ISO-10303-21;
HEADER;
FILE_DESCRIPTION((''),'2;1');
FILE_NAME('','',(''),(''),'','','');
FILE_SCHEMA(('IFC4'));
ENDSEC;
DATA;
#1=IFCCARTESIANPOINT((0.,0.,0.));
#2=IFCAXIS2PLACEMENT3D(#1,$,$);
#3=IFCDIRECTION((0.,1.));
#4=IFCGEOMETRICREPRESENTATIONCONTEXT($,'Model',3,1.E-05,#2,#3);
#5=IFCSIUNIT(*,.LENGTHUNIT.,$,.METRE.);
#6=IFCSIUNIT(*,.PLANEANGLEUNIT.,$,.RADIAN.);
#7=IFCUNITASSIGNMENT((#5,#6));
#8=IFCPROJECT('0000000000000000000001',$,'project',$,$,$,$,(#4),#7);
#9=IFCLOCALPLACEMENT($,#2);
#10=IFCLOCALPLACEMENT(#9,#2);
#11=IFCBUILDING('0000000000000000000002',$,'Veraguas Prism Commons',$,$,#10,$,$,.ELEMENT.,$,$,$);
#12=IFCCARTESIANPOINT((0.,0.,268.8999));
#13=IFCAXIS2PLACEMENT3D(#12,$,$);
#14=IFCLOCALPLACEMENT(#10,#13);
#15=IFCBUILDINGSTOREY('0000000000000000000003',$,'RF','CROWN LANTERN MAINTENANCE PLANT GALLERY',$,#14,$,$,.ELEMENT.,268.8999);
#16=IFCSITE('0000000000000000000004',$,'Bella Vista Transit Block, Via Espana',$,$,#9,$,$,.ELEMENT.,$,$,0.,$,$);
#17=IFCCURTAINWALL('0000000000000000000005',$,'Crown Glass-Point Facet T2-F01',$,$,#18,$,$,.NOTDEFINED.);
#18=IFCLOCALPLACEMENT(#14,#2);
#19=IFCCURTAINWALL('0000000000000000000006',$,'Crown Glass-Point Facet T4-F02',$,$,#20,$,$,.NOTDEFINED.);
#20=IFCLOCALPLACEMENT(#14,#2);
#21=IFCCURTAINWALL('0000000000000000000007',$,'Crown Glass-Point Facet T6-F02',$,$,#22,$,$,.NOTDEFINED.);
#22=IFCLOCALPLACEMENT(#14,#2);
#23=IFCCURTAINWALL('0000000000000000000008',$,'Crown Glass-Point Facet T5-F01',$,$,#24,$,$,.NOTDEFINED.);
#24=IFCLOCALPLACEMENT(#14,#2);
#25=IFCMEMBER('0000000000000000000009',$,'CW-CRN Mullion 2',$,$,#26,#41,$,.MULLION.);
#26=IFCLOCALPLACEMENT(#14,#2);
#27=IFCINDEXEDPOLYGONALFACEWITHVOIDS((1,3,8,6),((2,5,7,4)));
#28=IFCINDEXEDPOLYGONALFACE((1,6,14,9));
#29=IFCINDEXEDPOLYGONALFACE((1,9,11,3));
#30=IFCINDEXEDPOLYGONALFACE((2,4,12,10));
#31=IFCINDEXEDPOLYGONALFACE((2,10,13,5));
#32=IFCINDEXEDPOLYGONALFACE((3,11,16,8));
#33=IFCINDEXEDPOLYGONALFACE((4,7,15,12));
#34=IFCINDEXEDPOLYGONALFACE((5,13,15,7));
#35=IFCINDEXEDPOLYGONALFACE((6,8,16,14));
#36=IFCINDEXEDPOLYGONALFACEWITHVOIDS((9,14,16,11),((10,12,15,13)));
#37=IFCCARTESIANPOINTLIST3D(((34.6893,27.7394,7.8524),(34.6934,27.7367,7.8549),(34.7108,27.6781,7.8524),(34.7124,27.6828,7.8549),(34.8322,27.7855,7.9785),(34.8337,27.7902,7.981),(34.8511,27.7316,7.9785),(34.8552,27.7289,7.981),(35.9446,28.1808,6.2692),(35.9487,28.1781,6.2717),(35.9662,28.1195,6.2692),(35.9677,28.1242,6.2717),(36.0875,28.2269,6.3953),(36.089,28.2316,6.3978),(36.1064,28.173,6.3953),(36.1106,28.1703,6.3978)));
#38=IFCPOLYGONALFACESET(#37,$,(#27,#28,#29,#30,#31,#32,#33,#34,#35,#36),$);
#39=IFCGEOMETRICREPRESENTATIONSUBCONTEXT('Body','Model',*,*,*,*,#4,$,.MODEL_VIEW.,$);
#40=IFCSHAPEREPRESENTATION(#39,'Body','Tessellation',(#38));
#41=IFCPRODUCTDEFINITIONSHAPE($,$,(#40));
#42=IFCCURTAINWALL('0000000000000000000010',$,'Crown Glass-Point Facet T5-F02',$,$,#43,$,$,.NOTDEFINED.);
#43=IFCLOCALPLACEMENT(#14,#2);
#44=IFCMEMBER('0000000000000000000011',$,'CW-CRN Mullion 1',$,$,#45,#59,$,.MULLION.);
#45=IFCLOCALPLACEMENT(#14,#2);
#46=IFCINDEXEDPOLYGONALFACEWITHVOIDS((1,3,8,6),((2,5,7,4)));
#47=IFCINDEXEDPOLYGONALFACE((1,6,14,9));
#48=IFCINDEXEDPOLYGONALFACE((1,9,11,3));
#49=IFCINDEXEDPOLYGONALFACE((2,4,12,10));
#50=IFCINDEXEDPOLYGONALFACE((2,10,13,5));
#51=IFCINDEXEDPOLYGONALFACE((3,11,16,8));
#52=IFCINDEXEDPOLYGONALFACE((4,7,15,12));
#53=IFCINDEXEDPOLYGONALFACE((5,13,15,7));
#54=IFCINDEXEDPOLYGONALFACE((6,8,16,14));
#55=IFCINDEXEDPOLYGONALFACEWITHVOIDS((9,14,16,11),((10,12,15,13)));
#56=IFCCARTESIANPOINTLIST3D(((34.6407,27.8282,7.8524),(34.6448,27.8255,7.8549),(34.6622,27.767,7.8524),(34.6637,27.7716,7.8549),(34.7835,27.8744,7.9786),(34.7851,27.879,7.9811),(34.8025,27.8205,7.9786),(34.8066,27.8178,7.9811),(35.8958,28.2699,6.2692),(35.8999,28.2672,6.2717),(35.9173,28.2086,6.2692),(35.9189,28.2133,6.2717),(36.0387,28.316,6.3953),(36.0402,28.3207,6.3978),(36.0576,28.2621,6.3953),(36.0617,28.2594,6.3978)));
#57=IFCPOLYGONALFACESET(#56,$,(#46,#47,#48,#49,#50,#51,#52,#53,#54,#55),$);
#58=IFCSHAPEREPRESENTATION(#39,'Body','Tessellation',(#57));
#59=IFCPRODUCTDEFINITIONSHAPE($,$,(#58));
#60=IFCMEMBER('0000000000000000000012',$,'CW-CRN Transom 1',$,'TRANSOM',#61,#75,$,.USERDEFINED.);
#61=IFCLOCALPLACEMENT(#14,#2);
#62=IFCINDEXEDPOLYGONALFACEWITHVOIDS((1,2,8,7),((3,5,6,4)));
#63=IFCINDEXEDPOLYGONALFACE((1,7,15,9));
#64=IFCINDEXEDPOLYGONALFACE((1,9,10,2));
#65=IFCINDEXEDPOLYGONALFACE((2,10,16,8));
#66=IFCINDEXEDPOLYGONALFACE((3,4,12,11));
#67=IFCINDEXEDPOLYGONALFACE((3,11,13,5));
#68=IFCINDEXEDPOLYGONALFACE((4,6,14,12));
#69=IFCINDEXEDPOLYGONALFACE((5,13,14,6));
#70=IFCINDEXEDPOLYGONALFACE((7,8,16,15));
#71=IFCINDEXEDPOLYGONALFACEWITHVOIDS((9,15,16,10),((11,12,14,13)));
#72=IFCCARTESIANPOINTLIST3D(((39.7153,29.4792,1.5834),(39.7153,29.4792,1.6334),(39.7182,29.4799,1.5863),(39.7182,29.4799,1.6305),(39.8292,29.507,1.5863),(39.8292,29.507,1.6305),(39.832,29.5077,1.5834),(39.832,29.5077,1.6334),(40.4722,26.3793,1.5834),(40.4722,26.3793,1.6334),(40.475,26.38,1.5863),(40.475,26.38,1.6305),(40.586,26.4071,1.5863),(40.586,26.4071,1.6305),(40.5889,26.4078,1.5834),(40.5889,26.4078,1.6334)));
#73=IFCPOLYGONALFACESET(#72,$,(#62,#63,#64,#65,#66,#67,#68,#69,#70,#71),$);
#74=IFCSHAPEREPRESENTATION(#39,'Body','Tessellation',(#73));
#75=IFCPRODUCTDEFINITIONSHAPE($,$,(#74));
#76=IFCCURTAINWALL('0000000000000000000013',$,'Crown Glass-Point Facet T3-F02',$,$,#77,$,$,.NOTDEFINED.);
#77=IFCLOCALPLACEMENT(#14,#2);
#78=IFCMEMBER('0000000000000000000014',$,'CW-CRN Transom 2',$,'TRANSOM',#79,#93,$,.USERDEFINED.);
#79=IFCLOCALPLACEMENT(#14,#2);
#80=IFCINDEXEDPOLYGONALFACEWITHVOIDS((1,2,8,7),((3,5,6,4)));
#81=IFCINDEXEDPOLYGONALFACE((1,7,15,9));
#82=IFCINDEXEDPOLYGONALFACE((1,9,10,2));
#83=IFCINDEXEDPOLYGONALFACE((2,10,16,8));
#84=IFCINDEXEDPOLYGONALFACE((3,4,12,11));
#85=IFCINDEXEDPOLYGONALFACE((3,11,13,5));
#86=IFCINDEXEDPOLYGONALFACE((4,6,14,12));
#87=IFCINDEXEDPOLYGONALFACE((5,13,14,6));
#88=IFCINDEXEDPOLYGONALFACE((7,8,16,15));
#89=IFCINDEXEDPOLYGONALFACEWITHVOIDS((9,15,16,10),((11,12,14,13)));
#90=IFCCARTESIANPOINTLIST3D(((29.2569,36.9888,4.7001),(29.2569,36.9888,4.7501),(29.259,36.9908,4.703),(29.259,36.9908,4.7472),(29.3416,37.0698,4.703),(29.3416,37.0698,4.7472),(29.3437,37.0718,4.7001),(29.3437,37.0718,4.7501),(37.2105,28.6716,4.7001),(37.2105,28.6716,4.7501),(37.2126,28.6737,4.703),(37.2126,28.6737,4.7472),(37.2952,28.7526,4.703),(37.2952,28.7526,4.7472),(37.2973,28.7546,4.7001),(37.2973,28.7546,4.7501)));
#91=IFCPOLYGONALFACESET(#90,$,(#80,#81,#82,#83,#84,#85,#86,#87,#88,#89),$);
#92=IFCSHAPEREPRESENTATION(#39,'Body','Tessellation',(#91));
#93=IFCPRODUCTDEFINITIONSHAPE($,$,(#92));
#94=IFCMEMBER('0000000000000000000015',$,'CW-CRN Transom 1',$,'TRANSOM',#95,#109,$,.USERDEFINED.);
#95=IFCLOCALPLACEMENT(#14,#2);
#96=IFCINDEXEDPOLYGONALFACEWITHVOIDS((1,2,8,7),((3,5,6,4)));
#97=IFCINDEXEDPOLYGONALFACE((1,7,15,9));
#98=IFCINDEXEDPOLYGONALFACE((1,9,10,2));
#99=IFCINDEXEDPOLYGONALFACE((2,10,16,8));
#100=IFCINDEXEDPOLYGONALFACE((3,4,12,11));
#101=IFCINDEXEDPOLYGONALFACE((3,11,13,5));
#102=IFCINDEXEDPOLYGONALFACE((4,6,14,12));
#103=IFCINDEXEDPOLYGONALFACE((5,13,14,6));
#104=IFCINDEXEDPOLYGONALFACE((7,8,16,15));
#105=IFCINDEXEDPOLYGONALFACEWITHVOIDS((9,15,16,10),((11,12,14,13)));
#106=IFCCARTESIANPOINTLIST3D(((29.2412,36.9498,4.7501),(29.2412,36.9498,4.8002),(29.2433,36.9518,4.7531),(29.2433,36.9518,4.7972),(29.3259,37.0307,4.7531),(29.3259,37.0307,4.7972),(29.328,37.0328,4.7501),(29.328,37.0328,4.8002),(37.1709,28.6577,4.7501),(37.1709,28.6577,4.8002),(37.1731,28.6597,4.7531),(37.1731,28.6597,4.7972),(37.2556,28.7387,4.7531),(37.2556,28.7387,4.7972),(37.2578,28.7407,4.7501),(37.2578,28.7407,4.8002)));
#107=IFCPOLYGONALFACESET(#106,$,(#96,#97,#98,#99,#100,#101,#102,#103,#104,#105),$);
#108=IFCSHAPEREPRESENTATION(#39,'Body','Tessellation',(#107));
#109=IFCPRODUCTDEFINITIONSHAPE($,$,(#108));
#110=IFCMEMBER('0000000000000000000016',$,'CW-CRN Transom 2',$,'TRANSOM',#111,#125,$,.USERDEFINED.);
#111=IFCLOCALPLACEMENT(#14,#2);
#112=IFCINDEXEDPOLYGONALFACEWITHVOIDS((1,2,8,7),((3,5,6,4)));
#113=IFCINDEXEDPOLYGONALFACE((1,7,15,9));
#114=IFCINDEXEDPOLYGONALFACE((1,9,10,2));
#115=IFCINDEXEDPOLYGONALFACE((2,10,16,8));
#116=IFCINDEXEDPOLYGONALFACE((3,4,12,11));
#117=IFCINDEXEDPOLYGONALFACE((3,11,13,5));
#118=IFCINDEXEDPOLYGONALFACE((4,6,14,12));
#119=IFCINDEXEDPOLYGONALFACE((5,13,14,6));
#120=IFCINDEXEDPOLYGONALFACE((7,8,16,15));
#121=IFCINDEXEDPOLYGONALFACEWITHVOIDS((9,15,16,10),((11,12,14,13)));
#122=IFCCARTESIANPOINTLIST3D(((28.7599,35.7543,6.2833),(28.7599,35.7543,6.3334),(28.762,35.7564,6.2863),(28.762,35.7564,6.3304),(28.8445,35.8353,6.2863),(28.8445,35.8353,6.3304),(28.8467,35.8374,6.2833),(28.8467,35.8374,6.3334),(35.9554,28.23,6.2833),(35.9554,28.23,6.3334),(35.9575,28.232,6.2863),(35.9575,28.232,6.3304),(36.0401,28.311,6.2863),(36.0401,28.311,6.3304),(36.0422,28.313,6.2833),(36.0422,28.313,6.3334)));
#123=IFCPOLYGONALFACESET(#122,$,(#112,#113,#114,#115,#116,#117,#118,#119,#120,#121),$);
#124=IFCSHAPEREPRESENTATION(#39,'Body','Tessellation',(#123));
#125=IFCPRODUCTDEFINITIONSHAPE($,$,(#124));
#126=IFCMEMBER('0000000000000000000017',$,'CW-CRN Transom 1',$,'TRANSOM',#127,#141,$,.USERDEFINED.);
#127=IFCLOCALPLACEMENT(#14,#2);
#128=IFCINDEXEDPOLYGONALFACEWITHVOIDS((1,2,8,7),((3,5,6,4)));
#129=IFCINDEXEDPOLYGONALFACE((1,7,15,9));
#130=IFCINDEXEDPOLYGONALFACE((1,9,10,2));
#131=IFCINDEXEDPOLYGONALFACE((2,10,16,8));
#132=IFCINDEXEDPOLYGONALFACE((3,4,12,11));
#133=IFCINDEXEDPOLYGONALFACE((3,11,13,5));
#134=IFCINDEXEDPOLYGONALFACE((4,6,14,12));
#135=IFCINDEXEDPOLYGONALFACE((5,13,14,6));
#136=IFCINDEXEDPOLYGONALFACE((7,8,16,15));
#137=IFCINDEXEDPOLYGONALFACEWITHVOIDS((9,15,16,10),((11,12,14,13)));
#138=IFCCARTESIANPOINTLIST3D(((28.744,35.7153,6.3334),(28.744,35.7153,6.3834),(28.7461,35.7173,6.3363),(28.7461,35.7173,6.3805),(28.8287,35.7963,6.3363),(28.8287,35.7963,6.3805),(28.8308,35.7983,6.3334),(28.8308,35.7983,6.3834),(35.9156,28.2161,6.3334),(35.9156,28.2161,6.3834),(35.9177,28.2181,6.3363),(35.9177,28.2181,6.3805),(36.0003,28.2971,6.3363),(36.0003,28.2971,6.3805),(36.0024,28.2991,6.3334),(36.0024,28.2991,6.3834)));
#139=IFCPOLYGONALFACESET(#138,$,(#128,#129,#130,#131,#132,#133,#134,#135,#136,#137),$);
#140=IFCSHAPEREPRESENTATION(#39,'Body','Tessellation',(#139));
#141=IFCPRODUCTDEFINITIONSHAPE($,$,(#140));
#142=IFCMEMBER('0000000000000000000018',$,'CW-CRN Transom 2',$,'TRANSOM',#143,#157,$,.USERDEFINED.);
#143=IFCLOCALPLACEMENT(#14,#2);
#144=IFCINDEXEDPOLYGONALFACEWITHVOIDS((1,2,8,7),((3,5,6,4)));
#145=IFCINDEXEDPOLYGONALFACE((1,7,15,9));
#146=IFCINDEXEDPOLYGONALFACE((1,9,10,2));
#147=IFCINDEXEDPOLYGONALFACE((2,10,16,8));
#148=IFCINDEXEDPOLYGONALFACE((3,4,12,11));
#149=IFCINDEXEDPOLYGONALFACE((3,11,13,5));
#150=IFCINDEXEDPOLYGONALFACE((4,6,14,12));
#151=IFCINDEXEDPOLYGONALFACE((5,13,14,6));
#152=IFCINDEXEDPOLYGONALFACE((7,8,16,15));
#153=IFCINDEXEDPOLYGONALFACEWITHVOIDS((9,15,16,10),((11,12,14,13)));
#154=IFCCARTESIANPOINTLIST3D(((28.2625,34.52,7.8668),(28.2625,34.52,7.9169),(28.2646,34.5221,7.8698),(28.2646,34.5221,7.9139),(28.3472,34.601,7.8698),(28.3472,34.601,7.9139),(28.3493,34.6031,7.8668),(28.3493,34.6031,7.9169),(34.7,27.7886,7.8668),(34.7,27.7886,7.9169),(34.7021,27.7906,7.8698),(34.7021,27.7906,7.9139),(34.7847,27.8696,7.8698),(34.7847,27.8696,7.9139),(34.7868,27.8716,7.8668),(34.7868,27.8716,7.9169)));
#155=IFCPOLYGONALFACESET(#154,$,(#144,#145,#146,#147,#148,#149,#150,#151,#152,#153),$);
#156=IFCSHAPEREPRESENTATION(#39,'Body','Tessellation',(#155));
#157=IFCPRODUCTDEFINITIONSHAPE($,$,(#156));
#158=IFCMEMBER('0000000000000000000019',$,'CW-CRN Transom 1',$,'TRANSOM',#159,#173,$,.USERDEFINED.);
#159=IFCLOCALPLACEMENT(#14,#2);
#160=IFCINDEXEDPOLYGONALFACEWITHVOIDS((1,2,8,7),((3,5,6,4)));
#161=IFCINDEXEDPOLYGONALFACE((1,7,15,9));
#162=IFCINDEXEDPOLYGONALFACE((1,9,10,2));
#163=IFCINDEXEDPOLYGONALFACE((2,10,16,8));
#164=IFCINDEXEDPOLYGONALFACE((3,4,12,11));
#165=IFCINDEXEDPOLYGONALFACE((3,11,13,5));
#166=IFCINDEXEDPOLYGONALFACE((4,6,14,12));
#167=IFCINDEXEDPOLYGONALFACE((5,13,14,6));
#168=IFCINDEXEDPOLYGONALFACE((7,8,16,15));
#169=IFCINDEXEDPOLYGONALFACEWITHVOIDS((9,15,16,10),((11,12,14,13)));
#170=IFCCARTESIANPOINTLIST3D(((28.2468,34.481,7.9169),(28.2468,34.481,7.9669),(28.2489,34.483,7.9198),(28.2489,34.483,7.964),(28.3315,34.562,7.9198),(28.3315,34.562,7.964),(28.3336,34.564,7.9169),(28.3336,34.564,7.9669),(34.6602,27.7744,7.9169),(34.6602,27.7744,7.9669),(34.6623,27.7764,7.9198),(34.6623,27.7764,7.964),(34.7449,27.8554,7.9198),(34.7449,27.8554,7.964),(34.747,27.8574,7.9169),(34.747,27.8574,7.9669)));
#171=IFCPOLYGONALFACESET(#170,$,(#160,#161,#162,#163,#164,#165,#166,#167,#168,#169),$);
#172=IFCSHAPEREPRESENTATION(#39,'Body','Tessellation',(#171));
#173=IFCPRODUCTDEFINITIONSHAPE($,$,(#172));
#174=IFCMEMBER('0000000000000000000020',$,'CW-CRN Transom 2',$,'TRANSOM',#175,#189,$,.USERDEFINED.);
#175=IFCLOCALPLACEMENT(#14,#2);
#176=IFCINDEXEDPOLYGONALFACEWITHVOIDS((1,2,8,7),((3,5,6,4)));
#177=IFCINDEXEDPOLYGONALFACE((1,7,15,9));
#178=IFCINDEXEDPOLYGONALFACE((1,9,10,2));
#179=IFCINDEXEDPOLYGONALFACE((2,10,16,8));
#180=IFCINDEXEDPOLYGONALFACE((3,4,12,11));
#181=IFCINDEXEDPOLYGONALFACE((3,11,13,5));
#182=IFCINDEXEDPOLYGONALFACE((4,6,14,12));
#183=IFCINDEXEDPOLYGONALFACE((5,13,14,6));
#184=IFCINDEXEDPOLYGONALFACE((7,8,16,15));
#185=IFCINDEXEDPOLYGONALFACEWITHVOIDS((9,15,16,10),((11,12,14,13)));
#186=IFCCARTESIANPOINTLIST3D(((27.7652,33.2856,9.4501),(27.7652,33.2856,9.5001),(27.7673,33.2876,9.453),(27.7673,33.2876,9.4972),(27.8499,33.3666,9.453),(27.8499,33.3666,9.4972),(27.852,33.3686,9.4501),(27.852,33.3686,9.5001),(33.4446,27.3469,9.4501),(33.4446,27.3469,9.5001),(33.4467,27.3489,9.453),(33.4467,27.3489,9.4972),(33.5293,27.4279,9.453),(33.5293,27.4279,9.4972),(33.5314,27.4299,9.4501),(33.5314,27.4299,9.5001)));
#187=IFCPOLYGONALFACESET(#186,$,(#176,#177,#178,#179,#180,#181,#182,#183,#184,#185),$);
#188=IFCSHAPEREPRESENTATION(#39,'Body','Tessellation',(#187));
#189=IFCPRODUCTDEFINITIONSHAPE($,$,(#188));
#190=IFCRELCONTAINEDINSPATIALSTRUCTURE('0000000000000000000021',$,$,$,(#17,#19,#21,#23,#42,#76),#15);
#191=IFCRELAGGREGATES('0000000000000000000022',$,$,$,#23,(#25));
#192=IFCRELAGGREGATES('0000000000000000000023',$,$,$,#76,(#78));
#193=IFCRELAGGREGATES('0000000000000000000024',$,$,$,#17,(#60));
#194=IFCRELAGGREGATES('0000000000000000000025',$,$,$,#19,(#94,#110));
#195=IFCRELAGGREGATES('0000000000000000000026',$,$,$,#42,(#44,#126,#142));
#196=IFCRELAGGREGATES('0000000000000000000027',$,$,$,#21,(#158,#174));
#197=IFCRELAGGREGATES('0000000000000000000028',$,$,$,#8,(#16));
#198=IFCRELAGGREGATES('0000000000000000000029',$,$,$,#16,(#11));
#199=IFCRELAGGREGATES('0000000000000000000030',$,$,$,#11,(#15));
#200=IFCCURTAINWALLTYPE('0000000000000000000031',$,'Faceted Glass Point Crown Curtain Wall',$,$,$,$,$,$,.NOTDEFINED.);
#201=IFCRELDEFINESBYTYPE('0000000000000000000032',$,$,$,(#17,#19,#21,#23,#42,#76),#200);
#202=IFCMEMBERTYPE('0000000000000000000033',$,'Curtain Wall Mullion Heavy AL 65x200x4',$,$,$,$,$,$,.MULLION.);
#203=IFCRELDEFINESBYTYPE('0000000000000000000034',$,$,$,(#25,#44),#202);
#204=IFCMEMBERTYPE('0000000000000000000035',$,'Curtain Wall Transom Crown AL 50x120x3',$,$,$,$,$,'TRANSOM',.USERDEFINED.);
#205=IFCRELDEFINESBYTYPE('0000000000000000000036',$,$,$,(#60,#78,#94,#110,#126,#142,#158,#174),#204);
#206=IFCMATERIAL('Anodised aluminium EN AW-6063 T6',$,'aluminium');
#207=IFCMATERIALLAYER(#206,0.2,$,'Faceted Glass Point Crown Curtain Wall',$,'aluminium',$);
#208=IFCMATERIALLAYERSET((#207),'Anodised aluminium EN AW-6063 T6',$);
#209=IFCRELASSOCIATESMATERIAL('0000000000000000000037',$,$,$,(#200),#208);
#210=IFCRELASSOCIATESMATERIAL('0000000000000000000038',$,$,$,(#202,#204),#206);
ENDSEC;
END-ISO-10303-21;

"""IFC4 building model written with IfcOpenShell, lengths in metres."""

from ifc_helpers import new_model, si_unit, direction, frame, origin, origin_2d, place, context, subcontext, project, spatial, hollow_rectangle, extrude, source, transform, mapped, material, layer, layer_set, material_profile, profile_set, type_object, element, aggregate, save


model = new_model("IFC4")

# Units and contexts
model_context = context("Model", 3, precision=1e-05, world=origin(), true_north=direction((0.0, 1.0)))
body_context = subcontext(model_context, "Body", "Model", "MODEL_VIEW")
ifc_project = project(units=[si_unit("LENGTHUNIT", "METRE"), si_unit("PLANEANGLEUNIT", "RADIAN")], contexts=[model_context])

# Site, building, storey
site_placement = place(None, origin())
site = spatial("IfcSite", under=ifc_project, at=site_placement, Name="Bella Vista Transit Block, Via Espana", CompositionType="ELEMENT", RefElevation=0.0)
building_placement = place(site_placement, origin())
building = spatial("IfcBuilding", under=site, at=building_placement, Name="Veraguas Prism Commons", CompositionType="ELEMENT")
storey_placement = place(building_placement, frame((0.0, 0.0, 268.8999)))
storey = spatial("IfcBuildingStorey", under=building, at=storey_placement, Name="RF", Description="CROWN LANTERN MAINTENANCE PLANT GALLERY", CompositionType="ELEMENT", Elevation=268.8999)

# Curtain walls
ifc_material_1 = material(Name="Anodised aluminium EN AW-6063 T6", Category="aluminium")
ifc_layer_1 = layer(ifc_material_1, 0.2, Name="Faceted Glass Point Crown Curtain Wall", Category="aluminium")
ifc_layer_set_1 = layer_set([ifc_layer_1], Name="Anodised aluminium EN AW-6063 T6")
curtain_wall_type = type_object("IfcCurtainWallType", Name="Faceted Glass Point Crown Curtain Wall", PredefinedType="NOTDEFINED", material=ifc_layer_set_1)
ifc_material_profile_1 = material_profile(ifc_material_1, hollow_rectangle(XDim=0.0649, YDim=0.2, WallThickness=0.0039, at=origin_2d()), Name="AL65X200X4")
ifc_profile_set_1 = profile_set([ifc_material_profile_1], Name="Anodised aluminium EN AW-6063 T6")
member_type_1 = type_object("IfcMemberType", Name="Curtain Wall Mullion Heavy AL 65x200x4", PredefinedType="MULLION", material=ifc_profile_set_1)
curtain_wall_1_placement = place(storey_placement, origin())
curtain_wall_1 = element("IfcCurtainWall", 1, at=curtain_wall_1_placement, inside=storey, type_object=curtain_wall_type, Name="Crown Glass-Point Facet T2-F01", PredefinedType="NOTDEFINED")
curtain_wall_2_placement = place(storey_placement, origin())
curtain_wall_2 = element("IfcCurtainWall", 2, at=curtain_wall_2_placement, inside=storey, type_object=curtain_wall_type, Name="Crown Glass-Point Facet T4-F02", PredefinedType="NOTDEFINED")
curtain_wall_3_placement = place(storey_placement, origin())
curtain_wall_3 = element("IfcCurtainWall", 3, at=curtain_wall_3_placement, inside=storey, type_object=curtain_wall_type, Name="Crown Glass-Point Facet T6-F02", PredefinedType="NOTDEFINED")

# Shared definitions
ifc_material_profile_2 = material_profile(ifc_material_1, hollow_rectangle(XDim=0.05, YDim=0.1201, WallThickness=0.0029, at=origin_2d()), Name="AL50X120X3")
ifc_profile_set_2 = profile_set([ifc_material_profile_2], Name="Anodised aluminium EN AW-6063 T6")
member_type_2 = type_object("IfcMemberType", Name="Curtain Wall Transom Crown AL 50x120x3", ElementType="TRANSOM", PredefinedType="USERDEFINED", material=ifc_profile_set_2)

# Curtain walls, members
curtain_wall_4_placement = place(storey_placement, origin())
curtain_wall_4 = element("IfcCurtainWall", 4, at=curtain_wall_4_placement, inside=storey, type_object=curtain_wall_type, Name="Crown Glass-Point Facet T5-F01", PredefinedType="NOTDEFINED")
shared_shape_1 = source(origin(), body_context, "Body", "SweptSolid", [
    extrude(hollow_rectangle(XDim=0.0649, YDim=0.2, WallThickness=0.0039, at=origin_2d()), origin(), (0.0, 0.0, 1.0), 2.0681),
])
member_1_placement = place(storey_placement, frame((36.0276, 28.1755, 6.3335), z_axis=(-0.606985, -0.213425, 0.765519), x_axis=(0.331707, -0.943383, 0.0)))
member_1 = element("IfcMember", 5, at=member_1_placement, type_object=member_type_1, Name="CW-CRN Mullion 2", PredefinedType="MULLION", context=body_context, shape_type="MappedRepresentation", body=[
    mapped(shared_shape_1, transform((0.0, 0.0, 0.0), scale=1.0)),
])
aggregate(curtain_wall_4, [member_1])
curtain_wall_5_placement = place(storey_placement, origin())
curtain_wall_5 = element("IfcCurtainWall", 6, at=curtain_wall_5_placement, inside=storey, type_object=curtain_wall_type, Name="Crown Glass-Point Facet T5-F02", PredefinedType="NOTDEFINED")
member_2_placement = place(storey_placement, frame((35.9788, 28.2646, 6.3335), z_axis=(-0.606895, -0.213552, 0.765554), x_axis=(0.331927, -0.943305, 0.0)))
member_2 = element("IfcMember", 7, at=member_2_placement, type_object=member_type_1, Name="CW-CRN Mullion 1", PredefinedType="MULLION", context=body_context, shape_type="MappedRepresentation", body=[
    mapped(shared_shape_1, transform((0.0, 0.0, 0.0), scale=1.0)),
])

# Member
shared_shape_2 = source(origin(), body_context, "Body", "SweptSolid", [
    extrude(hollow_rectangle(XDim=0.05, YDim=0.1201, WallThickness=0.0029, at=origin_2d()), origin(), (0.0, 0.0, 1.0), 3.1909),
])
member_3_placement = place(storey_placement, frame((40.5305, 26.3936, 1.6084), z_axis=(-0.237185, 0.971464, 0.0), x_axis=(0.0, 0.0, 1.0)))
member_3 = element("IfcMember", 8, at=member_3_placement, type_object=member_type_2, Name="CW-CRN Transom 1", ObjectType="TRANSOM", PredefinedType="USERDEFINED", context=body_context, shape_type="MappedRepresentation", body=[
    mapped(shared_shape_2, transform((0.0, 0.0, 0.0), scale=1.0)),
])

# Curtain wall, member
curtain_wall_6_placement = place(storey_placement, origin())
curtain_wall_6 = element("IfcCurtainWall", 9, at=curtain_wall_6_placement, inside=storey, type_object=curtain_wall_type, Name="Crown Glass-Point Facet T3-F02", PredefinedType="NOTDEFINED")
shared_shape_3 = source(origin(), body_context, "Body", "SweptSolid", [
    extrude(hollow_rectangle(XDim=0.05, YDim=0.1201, WallThickness=0.0029, at=origin_2d()), origin(), (0.0, 0.0, 1.0), 11.5081),
])
member_4_placement = place(storey_placement, frame((37.2539, 28.7131, 4.7251), z_axis=(-0.691136, 0.722725, 0.0), x_axis=(0.0, 0.0, 1.0)))
member_4 = element("IfcMember", 10, at=member_4_placement, type_object=member_type_2, Name="CW-CRN Transom 2", ObjectType="TRANSOM", PredefinedType="USERDEFINED", context=body_context, shape_type="MappedRepresentation", body=[
    mapped(shared_shape_3, transform((0.0, 0.0, 0.0), scale=1.0)),
])
aggregate(curtain_wall_6, [member_4])

# Members
shared_shape_4 = source(origin(), body_context, "Body", "SweptSolid", [
    extrude(hollow_rectangle(XDim=0.05, YDim=0.1201, WallThickness=0.0029, at=origin_2d()), origin(), (0.0, 0.0, 1.0), 11.4734),
])
member_5_placement = place(storey_placement, frame((37.2144, 28.6992, 4.7751), z_axis=(-0.691141, 0.722719, 0.0), x_axis=(0.0, 0.0, 1.0)))
member_5 = element("IfcMember", 11, at=member_5_placement, type_object=member_type_2, Name="CW-CRN Transom 1", ObjectType="TRANSOM", PredefinedType="USERDEFINED", context=body_context, shape_type="MappedRepresentation", body=[
    mapped(shared_shape_4, transform((0.0, 0.0, 0.0), scale=1.0)),
])
shared_shape_5 = source(origin(), body_context, "Body", "SweptSolid", [
    extrude(hollow_rectangle(XDim=0.05, YDim=0.1201, WallThickness=0.0029, at=origin_2d()), origin(), (0.0, 0.0, 1.0), 10.4111),
])
member_6_placement = place(storey_placement, frame((35.9988, 28.2715, 6.3083), z_axis=(-0.691137, 0.722724, 0.0), x_axis=(0.0, 0.0, 1.0)))
member_6 = element("IfcMember", 12, at=member_6_placement, type_object=member_type_2, Name="CW-CRN Transom 2", ObjectType="TRANSOM", PredefinedType="USERDEFINED", context=body_context, shape_type="MappedRepresentation", body=[
    mapped(shared_shape_5, transform((0.0, 0.0, 0.0), scale=1.0)),
])
shared_shape_6 = source(origin(), body_context, "Body", "SweptSolid", [
    extrude(hollow_rectangle(XDim=0.05, YDim=0.1201, WallThickness=0.0029, at=origin_2d()), origin(), (0.0, 0.0, 1.0), 10.3765),
])
member_7_placement = place(storey_placement, frame((35.959, 28.2576, 6.3584), z_axis=(-0.691143, 0.722718, 0.0), x_axis=(0.0, 0.0, 1.0)))
member_7 = element("IfcMember", 13, at=member_7_placement, type_object=member_type_2, Name="CW-CRN Transom 1", ObjectType="TRANSOM", PredefinedType="USERDEFINED", context=body_context, shape_type="MappedRepresentation", body=[
    mapped(shared_shape_6, transform((0.0, 0.0, 0.0), scale=1.0)),
])
shared_shape_7 = source(origin(), body_context, "Body", "SweptSolid", [
    extrude(hollow_rectangle(XDim=0.05, YDim=0.1201, WallThickness=0.0029, at=origin_2d()), origin(), (0.0, 0.0, 1.0), 9.3142),
])
member_8_placement = place(storey_placement, frame((34.7434, 27.8301, 7.8918), z_axis=(-0.691151, 0.72271, 0.0), x_axis=(0.0, 0.0, 1.0)))
member_8 = element("IfcMember", 14, at=member_8_placement, type_object=member_type_2, Name="CW-CRN Transom 2", ObjectType="TRANSOM", PredefinedType="USERDEFINED", context=body_context, shape_type="MappedRepresentation", body=[
    mapped(shared_shape_7, transform((0.0, 0.0, 0.0), scale=1.0)),
])
shared_shape_8 = source(origin(), body_context, "Body", "SweptSolid", [
    extrude(hollow_rectangle(XDim=0.05, YDim=0.1201, WallThickness=0.0029, at=origin_2d()), origin(), (0.0, 0.0, 1.0), 9.2795),
])
member_9_placement = place(storey_placement, frame((34.7036, 27.8159, 7.9419), z_axis=(-0.691131, 0.722729, 0.0), x_axis=(0.0, 0.0, 1.0)))
member_9 = element("IfcMember", 15, at=member_9_placement, type_object=member_type_2, Name="CW-CRN Transom 1", ObjectType="TRANSOM", PredefinedType="USERDEFINED", context=body_context, shape_type="MappedRepresentation", body=[
    mapped(shared_shape_8, transform((0.0, 0.0, 0.0), scale=1.0)),
])
shared_shape_9 = source(origin(), body_context, "Body", "SweptSolid", [
    extrude(hollow_rectangle(XDim=0.05, YDim=0.1201, WallThickness=0.0029, at=origin_2d()), origin(), (0.0, 0.0, 1.0), 8.2173),
])
member_10_placement = place(storey_placement, frame((33.488, 27.3884, 9.4751), z_axis=(-0.691155, 0.722707, 0.0), x_axis=(0.0, 0.0, 1.0)))
member_10 = element("IfcMember", 16, at=member_10_placement, type_object=member_type_2, Name="CW-CRN Transom 2", ObjectType="TRANSOM", PredefinedType="USERDEFINED", context=body_context, shape_type="MappedRepresentation", body=[
    mapped(shared_shape_9, transform((0.0, 0.0, 0.0), scale=1.0)),
])

aggregate(curtain_wall_1, [member_3])
aggregate(curtain_wall_2, [member_5, member_6])
aggregate(curtain_wall_5, [member_2, member_7, member_8])
aggregate(curtain_wall_3, [member_9, member_10])

save(model, "model.ifc")
